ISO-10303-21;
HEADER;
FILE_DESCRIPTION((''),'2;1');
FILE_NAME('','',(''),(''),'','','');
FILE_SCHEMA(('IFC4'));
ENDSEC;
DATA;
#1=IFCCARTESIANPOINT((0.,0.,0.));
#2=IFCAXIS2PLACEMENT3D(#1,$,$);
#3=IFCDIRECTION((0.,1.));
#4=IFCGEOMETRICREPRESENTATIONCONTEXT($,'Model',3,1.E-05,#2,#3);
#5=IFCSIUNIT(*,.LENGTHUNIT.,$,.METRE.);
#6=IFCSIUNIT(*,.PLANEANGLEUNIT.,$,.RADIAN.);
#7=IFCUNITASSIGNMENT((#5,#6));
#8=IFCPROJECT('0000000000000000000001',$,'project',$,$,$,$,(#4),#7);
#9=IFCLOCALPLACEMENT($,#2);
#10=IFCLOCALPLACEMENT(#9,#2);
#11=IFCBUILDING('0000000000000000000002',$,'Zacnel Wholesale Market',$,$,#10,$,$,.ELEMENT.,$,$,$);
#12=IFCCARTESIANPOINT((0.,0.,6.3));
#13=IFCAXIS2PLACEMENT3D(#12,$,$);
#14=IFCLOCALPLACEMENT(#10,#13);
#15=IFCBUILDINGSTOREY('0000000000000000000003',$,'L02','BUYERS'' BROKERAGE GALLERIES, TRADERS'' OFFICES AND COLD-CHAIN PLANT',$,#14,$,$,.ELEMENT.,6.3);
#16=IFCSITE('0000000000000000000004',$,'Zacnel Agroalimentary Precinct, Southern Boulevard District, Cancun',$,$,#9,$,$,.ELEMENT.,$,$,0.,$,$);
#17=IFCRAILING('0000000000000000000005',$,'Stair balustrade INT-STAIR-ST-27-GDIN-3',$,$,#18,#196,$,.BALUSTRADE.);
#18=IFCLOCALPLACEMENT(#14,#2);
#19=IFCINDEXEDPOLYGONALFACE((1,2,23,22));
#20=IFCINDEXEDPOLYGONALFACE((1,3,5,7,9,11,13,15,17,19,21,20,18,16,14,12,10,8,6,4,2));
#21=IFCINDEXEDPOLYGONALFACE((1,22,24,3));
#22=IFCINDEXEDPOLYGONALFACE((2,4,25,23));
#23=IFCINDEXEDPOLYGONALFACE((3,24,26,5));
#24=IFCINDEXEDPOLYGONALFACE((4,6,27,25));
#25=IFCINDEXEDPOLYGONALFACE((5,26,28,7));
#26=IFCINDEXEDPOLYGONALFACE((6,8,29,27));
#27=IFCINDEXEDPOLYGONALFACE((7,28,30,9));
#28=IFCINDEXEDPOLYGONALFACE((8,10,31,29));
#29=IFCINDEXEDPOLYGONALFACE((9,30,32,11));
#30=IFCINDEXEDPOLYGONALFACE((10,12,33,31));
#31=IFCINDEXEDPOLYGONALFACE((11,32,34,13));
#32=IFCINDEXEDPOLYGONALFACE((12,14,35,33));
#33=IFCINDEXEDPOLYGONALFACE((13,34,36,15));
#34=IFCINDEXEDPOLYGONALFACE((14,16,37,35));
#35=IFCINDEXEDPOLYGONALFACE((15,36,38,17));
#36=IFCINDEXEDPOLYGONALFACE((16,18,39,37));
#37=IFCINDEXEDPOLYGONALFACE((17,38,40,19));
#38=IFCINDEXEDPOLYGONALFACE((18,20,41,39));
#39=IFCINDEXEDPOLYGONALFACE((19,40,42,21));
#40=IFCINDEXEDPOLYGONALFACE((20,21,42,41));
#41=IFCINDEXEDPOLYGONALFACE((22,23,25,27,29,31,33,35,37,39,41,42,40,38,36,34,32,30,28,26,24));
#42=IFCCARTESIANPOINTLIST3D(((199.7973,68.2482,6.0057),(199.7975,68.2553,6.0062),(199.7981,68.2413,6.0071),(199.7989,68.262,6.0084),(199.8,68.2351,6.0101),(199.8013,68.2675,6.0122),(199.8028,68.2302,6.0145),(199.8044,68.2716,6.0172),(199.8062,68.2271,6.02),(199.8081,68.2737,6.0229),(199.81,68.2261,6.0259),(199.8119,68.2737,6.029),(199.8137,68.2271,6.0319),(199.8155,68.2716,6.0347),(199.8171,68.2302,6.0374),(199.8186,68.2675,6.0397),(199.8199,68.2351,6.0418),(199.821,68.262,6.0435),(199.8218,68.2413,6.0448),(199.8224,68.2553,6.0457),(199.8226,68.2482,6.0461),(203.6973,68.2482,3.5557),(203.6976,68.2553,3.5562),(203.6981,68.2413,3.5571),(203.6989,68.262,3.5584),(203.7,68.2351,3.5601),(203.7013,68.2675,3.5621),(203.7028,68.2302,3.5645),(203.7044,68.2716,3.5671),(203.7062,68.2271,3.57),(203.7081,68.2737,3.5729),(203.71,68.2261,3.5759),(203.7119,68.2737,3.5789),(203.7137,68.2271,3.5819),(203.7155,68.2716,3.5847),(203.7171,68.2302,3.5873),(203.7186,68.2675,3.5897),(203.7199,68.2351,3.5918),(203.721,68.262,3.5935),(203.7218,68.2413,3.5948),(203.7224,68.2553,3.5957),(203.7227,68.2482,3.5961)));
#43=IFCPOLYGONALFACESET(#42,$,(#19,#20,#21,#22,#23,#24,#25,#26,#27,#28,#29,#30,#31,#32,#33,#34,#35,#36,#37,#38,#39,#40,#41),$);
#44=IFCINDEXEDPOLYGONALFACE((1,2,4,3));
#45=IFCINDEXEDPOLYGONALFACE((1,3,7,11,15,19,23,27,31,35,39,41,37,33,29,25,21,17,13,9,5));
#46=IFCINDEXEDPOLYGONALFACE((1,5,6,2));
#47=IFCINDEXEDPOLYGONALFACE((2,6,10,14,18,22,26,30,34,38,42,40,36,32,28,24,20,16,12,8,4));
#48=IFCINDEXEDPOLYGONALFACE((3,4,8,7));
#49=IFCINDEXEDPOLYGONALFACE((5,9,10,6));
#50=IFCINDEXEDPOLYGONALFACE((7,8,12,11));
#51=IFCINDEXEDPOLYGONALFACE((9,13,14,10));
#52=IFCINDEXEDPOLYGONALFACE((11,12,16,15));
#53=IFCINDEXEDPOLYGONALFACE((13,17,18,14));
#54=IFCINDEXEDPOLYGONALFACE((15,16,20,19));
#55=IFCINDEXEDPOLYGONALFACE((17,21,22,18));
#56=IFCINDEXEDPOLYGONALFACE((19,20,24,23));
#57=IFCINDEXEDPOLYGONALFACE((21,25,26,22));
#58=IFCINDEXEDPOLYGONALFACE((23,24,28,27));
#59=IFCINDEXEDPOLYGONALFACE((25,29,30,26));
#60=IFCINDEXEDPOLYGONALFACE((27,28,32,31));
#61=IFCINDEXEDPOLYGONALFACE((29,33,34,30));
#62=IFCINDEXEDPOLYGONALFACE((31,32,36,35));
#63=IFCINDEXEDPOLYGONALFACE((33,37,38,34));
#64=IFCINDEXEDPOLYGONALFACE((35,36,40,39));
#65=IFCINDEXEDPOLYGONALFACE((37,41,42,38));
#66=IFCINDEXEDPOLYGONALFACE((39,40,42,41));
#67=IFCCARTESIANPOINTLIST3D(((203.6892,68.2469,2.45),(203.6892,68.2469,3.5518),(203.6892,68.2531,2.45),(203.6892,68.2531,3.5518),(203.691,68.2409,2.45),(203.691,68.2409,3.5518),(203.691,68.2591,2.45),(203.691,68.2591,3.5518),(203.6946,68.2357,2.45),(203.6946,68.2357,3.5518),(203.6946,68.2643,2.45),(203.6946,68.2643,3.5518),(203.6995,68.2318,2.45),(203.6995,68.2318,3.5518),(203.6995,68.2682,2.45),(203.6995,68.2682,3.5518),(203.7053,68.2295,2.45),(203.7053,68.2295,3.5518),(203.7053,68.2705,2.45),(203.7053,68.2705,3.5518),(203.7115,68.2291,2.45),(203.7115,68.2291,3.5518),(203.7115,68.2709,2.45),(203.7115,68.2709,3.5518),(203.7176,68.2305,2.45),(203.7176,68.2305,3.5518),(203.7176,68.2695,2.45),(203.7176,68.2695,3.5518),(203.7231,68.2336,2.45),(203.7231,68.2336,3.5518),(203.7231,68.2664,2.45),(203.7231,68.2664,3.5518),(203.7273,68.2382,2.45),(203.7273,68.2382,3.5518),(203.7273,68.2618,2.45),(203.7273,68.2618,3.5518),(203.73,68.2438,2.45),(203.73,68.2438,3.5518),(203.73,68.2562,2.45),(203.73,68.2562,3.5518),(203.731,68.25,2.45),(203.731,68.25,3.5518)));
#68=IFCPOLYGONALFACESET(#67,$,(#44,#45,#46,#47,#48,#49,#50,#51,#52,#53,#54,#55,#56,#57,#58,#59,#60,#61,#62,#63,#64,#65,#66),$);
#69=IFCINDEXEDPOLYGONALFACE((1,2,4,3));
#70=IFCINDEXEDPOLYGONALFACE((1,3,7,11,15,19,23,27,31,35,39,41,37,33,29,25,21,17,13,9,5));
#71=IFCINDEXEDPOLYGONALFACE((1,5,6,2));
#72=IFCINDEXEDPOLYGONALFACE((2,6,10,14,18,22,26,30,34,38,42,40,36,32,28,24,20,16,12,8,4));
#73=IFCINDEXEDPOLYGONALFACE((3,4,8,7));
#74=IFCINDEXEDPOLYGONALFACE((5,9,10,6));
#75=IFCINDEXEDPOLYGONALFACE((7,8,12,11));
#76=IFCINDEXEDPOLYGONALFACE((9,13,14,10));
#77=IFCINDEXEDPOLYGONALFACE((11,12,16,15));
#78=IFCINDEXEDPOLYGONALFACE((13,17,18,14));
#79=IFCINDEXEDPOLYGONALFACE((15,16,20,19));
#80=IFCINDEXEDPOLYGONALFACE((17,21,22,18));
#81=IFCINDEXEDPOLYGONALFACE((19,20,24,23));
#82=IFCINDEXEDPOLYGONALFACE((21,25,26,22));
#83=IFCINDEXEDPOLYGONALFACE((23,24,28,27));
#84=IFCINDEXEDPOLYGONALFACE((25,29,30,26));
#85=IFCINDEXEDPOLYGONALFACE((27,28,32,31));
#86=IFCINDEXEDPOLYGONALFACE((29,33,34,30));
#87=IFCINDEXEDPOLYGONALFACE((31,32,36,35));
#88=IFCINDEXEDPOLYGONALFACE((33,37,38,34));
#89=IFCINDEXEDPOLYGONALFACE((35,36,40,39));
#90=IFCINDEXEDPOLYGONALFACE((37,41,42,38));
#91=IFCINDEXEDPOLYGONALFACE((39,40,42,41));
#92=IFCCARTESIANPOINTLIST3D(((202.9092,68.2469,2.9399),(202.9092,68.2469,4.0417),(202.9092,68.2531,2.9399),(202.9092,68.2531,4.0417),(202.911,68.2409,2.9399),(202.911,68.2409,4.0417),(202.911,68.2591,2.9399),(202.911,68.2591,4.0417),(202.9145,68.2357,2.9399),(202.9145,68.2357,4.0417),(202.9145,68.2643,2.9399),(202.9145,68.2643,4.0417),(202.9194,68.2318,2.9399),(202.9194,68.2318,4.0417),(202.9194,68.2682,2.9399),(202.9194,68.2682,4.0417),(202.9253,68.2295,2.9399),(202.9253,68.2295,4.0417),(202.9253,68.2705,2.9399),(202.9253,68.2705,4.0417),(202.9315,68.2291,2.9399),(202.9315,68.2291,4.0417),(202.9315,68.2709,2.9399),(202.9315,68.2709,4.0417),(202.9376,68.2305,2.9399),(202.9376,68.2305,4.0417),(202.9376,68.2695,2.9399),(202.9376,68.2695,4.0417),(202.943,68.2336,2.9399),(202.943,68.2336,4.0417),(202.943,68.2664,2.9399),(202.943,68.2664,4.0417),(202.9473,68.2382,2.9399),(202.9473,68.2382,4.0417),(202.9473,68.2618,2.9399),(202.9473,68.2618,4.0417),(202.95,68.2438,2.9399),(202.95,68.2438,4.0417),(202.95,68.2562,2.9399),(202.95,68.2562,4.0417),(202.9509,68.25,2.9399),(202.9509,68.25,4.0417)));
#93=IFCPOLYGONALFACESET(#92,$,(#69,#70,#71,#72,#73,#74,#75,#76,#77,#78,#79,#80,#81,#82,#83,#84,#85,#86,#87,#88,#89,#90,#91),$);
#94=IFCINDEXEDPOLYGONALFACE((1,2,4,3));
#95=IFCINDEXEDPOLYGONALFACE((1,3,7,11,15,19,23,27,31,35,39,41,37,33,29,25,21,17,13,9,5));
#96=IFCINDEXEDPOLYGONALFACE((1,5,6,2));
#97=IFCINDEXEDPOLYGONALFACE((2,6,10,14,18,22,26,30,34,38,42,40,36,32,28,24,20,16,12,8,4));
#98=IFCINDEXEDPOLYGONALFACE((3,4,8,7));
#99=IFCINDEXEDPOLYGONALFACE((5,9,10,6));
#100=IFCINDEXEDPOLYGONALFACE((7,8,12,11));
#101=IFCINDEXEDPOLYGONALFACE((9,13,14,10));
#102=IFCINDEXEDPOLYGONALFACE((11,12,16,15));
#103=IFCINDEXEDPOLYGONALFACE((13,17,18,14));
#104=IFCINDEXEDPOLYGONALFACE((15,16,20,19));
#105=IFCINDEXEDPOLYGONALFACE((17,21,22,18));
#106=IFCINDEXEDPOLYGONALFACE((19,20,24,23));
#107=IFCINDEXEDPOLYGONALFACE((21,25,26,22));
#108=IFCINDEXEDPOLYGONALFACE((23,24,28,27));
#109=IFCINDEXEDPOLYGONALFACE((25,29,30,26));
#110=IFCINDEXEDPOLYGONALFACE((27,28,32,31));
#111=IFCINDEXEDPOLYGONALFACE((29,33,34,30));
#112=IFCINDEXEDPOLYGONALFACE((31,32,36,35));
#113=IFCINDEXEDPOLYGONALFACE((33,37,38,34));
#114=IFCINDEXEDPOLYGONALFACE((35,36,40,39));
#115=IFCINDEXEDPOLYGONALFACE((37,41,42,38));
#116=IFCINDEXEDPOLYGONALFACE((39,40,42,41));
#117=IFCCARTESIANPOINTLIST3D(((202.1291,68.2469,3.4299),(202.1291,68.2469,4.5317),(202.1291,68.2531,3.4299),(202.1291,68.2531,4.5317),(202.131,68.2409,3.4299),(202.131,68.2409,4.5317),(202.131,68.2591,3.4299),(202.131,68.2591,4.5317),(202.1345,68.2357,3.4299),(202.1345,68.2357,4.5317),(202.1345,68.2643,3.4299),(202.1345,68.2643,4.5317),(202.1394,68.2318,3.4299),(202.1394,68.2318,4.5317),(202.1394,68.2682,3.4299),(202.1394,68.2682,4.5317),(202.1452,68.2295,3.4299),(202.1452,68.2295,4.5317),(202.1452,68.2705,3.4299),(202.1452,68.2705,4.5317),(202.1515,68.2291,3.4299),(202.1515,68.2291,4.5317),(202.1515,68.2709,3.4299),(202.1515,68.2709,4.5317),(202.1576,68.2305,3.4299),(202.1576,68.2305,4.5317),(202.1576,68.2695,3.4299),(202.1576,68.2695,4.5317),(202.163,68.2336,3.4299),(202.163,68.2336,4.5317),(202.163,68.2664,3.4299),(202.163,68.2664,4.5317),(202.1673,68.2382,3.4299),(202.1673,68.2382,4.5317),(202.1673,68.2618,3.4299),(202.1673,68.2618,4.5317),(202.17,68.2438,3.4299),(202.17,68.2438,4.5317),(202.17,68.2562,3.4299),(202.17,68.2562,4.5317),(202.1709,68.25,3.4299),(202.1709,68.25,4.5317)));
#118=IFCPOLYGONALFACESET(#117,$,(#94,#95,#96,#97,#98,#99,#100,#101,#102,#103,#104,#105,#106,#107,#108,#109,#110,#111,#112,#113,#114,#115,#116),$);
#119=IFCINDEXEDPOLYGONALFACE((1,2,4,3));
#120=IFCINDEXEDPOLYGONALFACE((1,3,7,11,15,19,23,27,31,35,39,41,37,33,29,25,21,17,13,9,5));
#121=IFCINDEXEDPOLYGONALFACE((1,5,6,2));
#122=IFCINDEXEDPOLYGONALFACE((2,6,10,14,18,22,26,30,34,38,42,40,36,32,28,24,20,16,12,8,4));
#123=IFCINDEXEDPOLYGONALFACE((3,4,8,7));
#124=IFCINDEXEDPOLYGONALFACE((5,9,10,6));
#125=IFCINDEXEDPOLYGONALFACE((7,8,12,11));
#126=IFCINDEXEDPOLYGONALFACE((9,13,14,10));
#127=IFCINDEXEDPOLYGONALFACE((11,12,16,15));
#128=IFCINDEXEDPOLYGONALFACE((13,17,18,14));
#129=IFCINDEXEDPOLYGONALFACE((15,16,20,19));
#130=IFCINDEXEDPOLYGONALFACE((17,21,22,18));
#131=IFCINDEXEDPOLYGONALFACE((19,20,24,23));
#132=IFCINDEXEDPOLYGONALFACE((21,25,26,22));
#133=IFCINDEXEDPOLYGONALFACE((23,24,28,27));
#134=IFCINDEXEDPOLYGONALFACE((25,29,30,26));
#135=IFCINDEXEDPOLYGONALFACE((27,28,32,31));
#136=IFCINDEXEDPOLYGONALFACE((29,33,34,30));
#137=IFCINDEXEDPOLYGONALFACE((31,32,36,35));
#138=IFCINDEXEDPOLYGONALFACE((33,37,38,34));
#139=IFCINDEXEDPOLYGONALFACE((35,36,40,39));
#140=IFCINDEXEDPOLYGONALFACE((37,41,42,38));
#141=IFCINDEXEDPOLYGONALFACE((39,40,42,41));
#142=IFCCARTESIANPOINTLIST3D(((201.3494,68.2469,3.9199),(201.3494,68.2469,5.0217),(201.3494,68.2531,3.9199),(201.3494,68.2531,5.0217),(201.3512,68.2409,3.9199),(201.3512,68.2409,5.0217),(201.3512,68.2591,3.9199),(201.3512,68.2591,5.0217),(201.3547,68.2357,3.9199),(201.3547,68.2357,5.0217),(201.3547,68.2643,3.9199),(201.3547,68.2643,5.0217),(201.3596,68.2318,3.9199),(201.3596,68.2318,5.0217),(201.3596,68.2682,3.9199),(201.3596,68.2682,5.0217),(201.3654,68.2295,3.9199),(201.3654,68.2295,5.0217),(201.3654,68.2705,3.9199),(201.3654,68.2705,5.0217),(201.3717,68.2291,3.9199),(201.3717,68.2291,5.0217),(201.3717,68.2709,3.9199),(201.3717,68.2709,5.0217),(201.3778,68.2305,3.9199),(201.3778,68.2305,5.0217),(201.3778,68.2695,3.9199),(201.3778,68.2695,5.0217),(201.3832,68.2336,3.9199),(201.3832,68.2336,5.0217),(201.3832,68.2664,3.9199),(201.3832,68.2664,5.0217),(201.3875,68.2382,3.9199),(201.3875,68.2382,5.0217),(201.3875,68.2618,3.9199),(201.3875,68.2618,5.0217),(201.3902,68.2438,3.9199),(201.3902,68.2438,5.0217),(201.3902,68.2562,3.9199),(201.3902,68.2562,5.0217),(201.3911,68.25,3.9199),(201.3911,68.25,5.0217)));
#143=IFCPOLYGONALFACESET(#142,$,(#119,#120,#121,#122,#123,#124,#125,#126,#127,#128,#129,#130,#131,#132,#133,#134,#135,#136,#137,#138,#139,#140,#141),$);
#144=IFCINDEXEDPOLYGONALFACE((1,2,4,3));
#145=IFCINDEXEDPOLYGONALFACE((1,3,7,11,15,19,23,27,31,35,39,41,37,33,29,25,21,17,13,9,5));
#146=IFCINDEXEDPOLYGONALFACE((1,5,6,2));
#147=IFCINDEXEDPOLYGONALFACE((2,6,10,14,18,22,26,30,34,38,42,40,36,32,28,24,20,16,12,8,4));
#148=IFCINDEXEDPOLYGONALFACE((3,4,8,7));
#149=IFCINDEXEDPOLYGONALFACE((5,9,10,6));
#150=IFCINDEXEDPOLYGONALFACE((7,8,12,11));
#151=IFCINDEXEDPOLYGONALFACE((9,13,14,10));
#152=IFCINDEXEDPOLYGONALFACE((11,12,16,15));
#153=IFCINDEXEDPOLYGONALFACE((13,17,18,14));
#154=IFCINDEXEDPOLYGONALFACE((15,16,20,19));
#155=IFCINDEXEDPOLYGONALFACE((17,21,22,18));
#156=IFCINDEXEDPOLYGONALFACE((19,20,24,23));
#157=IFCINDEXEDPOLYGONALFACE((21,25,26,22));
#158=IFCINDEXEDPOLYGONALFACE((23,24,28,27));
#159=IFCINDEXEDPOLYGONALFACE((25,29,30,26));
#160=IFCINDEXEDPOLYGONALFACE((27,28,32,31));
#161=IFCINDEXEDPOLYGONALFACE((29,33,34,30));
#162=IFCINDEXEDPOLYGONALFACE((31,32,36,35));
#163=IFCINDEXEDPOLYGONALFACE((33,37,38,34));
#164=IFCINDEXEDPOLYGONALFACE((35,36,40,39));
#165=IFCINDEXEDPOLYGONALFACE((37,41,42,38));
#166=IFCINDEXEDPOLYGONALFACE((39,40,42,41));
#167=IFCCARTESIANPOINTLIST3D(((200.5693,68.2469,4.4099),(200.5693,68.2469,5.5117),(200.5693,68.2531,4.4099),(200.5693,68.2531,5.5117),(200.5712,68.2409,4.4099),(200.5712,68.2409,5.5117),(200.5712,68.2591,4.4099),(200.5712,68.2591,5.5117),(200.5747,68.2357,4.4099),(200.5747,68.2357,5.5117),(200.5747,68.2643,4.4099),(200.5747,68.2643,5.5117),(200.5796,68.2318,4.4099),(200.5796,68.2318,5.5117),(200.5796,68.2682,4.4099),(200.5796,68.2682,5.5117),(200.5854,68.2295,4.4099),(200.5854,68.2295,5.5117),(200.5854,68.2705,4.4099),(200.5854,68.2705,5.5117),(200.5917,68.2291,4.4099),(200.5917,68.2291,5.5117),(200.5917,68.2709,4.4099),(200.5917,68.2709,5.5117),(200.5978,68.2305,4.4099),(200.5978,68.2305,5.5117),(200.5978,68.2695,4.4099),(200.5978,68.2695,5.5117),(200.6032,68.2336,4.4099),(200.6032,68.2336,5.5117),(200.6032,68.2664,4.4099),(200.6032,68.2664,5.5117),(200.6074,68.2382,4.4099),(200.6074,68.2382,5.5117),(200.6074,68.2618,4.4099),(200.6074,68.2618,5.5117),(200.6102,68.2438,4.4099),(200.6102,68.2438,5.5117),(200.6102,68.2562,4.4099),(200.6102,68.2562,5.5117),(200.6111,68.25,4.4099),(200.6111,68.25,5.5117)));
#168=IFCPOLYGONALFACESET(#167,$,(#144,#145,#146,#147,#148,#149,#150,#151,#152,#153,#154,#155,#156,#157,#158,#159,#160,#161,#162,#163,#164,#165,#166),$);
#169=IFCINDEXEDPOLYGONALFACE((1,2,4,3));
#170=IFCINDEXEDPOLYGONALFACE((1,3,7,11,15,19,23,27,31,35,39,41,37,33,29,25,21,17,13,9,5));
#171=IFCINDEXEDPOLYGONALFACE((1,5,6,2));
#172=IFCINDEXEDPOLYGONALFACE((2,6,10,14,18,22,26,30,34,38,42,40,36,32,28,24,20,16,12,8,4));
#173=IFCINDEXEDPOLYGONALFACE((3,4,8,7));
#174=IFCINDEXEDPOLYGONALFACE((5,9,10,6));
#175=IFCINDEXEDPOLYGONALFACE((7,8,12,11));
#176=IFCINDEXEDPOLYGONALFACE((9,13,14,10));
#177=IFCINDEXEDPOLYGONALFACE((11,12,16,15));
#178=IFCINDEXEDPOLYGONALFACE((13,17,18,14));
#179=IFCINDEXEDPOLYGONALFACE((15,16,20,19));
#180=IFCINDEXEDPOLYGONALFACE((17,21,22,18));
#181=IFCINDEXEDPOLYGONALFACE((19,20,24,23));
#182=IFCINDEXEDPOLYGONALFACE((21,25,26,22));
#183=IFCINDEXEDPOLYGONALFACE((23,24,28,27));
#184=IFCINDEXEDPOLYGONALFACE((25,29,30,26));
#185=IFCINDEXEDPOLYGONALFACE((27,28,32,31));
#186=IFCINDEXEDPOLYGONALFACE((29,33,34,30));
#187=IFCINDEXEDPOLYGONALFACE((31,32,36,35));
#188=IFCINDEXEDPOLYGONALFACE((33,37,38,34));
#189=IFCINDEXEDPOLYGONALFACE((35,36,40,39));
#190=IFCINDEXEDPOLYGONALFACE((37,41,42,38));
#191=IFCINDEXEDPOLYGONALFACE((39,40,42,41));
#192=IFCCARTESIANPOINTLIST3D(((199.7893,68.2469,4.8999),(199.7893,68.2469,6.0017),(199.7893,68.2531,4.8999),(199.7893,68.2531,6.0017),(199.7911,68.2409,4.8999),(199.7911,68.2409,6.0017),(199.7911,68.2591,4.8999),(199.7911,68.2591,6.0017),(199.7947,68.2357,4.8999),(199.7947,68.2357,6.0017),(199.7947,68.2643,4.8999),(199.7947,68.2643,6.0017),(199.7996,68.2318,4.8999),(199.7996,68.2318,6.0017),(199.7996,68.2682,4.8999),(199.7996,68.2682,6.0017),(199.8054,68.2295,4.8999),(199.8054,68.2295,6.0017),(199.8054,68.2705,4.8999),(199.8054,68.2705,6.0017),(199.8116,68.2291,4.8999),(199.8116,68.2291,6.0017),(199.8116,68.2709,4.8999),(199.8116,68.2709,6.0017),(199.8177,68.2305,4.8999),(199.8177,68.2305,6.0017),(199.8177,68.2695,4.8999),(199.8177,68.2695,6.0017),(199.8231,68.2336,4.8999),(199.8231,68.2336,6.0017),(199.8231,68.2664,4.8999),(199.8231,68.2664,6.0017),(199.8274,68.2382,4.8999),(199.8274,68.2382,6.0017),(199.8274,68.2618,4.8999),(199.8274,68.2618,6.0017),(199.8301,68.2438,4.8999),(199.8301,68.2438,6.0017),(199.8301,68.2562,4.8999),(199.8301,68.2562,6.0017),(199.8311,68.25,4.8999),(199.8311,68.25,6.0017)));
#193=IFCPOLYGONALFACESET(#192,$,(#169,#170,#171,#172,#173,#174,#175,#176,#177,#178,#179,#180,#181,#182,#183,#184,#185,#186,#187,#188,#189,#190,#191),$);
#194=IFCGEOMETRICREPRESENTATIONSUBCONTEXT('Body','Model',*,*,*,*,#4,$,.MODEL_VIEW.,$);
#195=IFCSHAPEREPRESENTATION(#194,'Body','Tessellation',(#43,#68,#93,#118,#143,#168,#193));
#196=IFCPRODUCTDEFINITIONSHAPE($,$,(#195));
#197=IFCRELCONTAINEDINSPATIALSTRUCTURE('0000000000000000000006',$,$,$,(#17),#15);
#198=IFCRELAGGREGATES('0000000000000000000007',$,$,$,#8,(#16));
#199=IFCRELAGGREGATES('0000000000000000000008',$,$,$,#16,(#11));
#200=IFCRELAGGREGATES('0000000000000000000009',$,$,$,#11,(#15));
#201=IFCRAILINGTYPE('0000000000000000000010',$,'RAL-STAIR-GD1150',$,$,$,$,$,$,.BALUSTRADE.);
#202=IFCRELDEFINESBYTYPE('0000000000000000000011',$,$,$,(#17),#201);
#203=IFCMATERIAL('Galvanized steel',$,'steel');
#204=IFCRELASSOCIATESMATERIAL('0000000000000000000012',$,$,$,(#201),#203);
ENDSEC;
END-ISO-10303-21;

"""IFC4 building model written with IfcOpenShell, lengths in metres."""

from ifc_helpers import new_model, si_unit, direction, frame, origin, origin_2d, place, context, subcontext, project, spatial, circle, extrude, material, type_object, element, save


model = new_model("IFC4")

# Units and contexts
model_context = context("Model", 3, precision=1e-05, world=origin(), true_north=direction((0.0, 1.0)))
body_context = subcontext(model_context, "Body", "Model", "MODEL_VIEW")
ifc_project = project(units=[si_unit("LENGTHUNIT", "METRE"), si_unit("PLANEANGLEUNIT", "RADIAN")], contexts=[model_context])

# Site, building, storey
site_placement = place(None, origin())
site = spatial("IfcSite", under=ifc_project, at=site_placement, Name="Zacnel Agroalimentary Precinct, Southern Boulevard District, Cancun", CompositionType="ELEMENT", RefElevation=0.0)
building_placement = place(site_placement, origin())
building = spatial("IfcBuilding", under=site, at=building_placement, Name="Zacnel Wholesale Market", CompositionType="ELEMENT")
storey_placement = place(building_placement, frame((0.0, 0.0, 6.3)))
storey = spatial("IfcBuildingStorey", under=building, at=storey_placement, Name="L02", Description="BUYERS' BROKERAGE GALLERIES, TRADERS' OFFICES AND COLD-CHAIN PLANT", CompositionType="ELEMENT", Elevation=6.3)

# Railing
ifc_material_1 = material(Name="Galvanized steel", Category="steel")
railing_type_1 = type_object("IfcRailingType", Name="RAL-STAIR-GD1150", PredefinedType="BALUSTRADE", material=ifc_material_1)
railing_1_placement = place(storey_placement, frame((203.71, 68.25, 2.45)))
element("IfcRailing", 1, at=railing_1_placement, inside=storey, type_object=railing_type_1, Name="Stair balustrade INT-STAIR-ST-27-GDIN-3", PredefinedType="BALUSTRADE", context=body_context, shape_type="SweptSolid", body=[
    extrude(circle(Radius=0.0239, at=origin_2d()), frame((0.0, 0.0, 1.126), z_axis=(-0.846775, 0.0, 0.531951), x_axis=(0.0, -1.0, 0.0)), (0.0, 0.0, 1.0), 4.6057),
    extrude(circle(Radius=0.021, at=origin_2d()), origin(), (0.0, 0.0, 1.0), 1.1018),
    extrude(circle(Radius=0.021, at=origin_2d()), frame((-0.78, 0.0, 0.49)), (0.0, 0.0, 1.0), 1.1018),
    extrude(circle(Radius=0.021, at=origin_2d()), frame((-1.5601, 0.0, 0.98)), (0.0, 0.0, 1.0), 1.1018),
    extrude(circle(Radius=0.021, at=origin_2d()), frame((-2.3398, 0.0, 1.47)), (0.0, 0.0, 1.0), 1.1018),
    extrude(circle(Radius=0.021, at=origin_2d()), frame((-3.1199, 0.0, 1.96)), (0.0, 0.0, 1.0), 1.1018),
    extrude(circle(Radius=0.021, at=origin_2d()), frame((-3.8999, 0.0, 2.45)), (0.0, 0.0, 1.0), 1.1018),
])

save(model, "model.ifc")
